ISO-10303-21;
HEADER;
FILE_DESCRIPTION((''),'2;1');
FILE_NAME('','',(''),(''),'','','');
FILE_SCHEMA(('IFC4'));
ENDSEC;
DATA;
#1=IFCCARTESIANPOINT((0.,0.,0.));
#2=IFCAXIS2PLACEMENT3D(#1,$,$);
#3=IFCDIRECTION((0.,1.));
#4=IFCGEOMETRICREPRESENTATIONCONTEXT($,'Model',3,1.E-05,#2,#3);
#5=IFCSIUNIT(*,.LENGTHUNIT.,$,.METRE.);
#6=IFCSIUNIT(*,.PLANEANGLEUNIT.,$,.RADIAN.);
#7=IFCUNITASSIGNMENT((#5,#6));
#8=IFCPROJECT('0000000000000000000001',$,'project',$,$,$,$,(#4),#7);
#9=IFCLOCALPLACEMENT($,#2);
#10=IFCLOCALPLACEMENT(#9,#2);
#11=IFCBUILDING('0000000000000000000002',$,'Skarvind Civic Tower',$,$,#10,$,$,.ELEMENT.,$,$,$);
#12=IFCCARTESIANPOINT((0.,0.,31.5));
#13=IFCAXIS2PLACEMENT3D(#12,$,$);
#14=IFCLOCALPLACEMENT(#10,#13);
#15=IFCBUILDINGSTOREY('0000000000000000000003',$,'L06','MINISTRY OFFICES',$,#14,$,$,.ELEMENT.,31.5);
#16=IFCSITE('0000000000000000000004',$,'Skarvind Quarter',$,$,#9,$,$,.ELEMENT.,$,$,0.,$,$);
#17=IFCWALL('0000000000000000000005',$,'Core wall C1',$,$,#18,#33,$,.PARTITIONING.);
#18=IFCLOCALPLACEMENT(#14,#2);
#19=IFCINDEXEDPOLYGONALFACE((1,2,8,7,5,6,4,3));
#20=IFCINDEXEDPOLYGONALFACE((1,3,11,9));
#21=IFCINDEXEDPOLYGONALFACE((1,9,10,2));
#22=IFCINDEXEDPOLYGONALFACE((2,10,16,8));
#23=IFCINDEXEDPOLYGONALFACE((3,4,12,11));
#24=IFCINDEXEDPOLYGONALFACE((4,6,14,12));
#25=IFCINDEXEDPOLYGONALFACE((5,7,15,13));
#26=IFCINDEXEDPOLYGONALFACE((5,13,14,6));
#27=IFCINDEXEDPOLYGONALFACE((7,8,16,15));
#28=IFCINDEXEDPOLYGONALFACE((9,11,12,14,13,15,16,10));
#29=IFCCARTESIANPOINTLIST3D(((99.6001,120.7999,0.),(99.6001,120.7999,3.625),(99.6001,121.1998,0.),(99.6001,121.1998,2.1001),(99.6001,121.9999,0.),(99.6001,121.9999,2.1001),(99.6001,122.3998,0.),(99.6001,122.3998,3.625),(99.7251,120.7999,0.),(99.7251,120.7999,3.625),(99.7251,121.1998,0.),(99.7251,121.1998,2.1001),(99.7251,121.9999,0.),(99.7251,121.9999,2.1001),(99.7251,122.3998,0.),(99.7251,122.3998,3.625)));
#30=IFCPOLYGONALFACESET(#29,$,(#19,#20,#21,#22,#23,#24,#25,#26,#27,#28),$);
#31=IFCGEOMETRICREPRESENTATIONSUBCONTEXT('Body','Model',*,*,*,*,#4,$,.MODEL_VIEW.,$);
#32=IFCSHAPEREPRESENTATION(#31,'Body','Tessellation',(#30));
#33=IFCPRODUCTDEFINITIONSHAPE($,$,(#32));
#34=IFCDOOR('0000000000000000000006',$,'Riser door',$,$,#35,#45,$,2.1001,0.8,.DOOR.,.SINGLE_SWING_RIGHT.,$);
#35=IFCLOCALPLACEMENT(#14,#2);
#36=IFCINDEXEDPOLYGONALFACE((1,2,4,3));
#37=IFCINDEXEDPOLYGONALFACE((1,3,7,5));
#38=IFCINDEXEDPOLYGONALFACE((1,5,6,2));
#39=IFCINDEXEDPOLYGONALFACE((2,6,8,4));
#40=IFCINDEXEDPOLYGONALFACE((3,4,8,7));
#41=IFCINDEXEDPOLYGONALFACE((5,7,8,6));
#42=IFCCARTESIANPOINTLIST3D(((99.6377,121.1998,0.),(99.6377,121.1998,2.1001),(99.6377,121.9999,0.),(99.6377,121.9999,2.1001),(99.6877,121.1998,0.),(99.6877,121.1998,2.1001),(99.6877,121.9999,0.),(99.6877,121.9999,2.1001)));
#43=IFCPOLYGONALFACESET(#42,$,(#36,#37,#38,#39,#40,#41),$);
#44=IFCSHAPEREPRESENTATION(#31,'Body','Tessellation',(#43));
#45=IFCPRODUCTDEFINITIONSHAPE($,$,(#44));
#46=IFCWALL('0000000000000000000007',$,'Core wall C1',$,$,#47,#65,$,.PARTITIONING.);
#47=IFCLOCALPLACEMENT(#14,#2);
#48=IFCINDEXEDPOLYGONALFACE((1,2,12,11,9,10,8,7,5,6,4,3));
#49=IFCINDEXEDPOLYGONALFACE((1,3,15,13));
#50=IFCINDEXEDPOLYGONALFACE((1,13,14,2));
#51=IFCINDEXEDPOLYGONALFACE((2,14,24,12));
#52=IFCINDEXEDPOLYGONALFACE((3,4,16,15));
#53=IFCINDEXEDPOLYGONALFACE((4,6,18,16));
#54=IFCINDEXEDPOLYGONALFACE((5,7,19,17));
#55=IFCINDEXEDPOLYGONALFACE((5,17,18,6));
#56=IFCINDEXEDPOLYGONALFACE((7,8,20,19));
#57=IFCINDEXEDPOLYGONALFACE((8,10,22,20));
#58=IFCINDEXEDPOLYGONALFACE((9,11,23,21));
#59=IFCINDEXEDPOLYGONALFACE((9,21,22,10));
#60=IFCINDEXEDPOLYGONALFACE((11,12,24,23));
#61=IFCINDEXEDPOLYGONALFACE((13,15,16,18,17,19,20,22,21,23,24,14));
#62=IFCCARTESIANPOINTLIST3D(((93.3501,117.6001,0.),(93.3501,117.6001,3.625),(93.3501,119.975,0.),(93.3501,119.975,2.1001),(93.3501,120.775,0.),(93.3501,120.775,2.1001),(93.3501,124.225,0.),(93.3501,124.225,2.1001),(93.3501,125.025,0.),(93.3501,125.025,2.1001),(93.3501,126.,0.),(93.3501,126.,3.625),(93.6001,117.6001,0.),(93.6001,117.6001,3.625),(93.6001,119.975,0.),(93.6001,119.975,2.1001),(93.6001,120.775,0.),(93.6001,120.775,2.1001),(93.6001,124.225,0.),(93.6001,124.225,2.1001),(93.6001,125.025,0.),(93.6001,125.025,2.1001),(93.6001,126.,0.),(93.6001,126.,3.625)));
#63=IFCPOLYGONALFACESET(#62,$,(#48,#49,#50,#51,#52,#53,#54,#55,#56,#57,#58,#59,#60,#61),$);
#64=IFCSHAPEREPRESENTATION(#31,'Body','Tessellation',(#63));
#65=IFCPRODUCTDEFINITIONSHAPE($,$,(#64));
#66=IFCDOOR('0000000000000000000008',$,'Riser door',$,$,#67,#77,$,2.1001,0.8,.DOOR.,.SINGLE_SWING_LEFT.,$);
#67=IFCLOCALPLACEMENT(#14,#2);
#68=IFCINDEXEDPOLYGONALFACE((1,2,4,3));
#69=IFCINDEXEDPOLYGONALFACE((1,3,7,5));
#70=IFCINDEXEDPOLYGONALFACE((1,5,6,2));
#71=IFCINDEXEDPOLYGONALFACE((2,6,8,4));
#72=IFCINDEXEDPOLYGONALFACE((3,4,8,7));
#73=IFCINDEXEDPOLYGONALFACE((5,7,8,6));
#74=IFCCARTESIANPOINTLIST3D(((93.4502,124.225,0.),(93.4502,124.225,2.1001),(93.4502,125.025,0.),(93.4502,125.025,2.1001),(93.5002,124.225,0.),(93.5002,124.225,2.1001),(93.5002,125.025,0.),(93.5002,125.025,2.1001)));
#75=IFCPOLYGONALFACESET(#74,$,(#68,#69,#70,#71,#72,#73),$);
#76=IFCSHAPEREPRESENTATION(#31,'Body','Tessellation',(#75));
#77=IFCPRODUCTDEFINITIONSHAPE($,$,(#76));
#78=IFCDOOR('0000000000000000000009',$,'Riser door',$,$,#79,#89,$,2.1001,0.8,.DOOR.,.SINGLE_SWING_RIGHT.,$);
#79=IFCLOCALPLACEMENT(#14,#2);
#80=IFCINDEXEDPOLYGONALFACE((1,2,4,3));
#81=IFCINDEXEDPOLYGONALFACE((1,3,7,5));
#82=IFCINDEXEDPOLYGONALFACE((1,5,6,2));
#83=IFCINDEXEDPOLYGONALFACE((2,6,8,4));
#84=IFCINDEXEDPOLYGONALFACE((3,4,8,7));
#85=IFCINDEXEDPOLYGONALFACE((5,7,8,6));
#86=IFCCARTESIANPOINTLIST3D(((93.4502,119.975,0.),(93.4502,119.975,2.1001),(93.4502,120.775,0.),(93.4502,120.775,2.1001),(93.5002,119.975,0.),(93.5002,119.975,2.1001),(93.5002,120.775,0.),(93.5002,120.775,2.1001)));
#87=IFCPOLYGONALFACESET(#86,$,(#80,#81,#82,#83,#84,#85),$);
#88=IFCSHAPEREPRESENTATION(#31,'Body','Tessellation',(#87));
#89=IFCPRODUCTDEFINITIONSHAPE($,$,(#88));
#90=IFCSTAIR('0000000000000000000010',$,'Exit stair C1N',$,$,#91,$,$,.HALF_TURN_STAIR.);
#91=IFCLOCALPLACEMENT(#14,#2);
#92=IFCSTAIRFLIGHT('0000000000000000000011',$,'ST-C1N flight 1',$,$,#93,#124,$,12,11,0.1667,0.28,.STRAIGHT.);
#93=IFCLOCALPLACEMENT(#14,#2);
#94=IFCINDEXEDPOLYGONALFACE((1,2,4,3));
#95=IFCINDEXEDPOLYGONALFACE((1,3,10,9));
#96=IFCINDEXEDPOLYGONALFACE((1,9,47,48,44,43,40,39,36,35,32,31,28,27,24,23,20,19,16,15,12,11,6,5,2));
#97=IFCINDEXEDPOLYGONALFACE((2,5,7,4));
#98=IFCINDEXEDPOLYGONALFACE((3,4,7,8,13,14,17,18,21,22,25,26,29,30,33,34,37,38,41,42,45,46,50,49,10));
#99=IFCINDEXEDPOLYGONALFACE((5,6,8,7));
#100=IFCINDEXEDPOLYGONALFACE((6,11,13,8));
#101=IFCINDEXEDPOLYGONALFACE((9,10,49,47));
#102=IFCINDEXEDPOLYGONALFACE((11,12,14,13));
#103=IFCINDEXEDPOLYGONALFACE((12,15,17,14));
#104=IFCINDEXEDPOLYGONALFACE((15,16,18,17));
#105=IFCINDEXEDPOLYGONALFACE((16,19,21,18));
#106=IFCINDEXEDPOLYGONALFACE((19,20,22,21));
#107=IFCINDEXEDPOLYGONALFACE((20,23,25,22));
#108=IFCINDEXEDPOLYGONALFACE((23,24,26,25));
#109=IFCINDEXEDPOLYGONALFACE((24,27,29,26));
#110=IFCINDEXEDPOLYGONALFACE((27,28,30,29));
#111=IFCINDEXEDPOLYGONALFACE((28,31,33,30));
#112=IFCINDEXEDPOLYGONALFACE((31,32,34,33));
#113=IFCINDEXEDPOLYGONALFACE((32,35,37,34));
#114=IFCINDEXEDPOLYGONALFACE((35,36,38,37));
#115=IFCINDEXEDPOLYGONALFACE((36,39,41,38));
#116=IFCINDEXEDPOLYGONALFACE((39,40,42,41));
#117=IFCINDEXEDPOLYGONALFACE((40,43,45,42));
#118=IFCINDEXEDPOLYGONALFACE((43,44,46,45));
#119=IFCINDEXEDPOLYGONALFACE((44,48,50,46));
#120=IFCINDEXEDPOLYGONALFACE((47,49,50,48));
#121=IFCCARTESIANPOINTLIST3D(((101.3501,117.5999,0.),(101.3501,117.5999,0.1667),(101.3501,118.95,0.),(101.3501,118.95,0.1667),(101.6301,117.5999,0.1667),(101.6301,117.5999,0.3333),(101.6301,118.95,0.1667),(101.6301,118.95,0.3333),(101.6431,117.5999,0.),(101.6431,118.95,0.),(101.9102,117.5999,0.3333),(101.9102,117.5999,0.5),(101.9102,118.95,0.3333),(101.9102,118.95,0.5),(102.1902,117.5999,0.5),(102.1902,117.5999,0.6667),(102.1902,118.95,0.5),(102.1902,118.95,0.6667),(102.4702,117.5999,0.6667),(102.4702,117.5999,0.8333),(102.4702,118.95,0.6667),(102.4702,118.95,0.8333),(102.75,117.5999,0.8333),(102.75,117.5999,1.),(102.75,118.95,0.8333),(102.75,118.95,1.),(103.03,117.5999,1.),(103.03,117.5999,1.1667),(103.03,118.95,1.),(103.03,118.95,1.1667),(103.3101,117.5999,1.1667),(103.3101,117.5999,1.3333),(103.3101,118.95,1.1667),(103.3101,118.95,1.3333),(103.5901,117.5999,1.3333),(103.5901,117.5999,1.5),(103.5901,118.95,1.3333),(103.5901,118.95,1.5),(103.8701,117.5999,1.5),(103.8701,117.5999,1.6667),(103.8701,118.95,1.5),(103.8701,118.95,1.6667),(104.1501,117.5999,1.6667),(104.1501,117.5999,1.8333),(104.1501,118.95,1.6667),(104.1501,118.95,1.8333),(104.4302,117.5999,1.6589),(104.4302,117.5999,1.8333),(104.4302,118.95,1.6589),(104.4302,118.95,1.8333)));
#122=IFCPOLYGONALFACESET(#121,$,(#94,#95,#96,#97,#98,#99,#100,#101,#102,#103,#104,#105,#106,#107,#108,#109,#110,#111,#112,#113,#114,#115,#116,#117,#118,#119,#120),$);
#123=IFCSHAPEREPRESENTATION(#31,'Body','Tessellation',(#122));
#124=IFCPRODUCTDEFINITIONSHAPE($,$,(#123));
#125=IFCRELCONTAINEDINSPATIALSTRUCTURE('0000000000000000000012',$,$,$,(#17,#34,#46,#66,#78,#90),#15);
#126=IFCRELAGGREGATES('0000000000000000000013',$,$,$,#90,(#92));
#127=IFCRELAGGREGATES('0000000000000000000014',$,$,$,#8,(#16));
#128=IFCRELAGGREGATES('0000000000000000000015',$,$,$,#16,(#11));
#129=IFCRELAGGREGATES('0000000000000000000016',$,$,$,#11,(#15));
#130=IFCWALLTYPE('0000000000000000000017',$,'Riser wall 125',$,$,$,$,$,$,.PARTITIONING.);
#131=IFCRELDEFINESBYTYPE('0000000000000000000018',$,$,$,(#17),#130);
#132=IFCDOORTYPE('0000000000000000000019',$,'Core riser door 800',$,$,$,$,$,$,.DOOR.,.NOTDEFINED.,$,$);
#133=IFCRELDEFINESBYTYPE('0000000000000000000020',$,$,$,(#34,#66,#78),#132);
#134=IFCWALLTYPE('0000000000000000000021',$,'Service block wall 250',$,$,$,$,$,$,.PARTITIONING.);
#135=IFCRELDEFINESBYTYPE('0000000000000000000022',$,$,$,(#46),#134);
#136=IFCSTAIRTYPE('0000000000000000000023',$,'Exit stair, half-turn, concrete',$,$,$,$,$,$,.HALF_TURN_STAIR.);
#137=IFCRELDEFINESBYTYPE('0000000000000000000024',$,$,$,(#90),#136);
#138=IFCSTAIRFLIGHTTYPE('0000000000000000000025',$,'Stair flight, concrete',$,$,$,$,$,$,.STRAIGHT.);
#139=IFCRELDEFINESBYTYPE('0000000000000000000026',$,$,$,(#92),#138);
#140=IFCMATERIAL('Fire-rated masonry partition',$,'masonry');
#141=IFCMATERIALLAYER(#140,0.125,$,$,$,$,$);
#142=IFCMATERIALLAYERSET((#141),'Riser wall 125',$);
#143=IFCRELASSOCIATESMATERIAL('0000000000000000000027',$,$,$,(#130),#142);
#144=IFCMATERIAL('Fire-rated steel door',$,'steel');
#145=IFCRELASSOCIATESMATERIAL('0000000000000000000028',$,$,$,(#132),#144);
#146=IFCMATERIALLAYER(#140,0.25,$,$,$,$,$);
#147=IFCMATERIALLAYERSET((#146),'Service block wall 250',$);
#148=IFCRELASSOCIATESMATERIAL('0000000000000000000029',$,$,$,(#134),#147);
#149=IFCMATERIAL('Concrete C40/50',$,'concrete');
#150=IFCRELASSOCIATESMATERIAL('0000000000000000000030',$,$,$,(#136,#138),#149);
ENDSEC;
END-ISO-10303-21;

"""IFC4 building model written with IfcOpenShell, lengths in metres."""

from ifc_helpers import new_model, si_unit, direction, frame, frame_2d, origin, place, context, subcontext, project, spatial, polyline, rectangle, outline, extrude, material, layer, layer_set, type_object, element, fill, aggregate, save


model = new_model("IFC4")

# Units and contexts
model_context = context("Model", 3, precision=1e-05, world=origin(), true_north=direction((0.0, 1.0)))
body_context = subcontext(model_context, "Body", "Model", "MODEL_VIEW")
ifc_project = project(units=[si_unit("LENGTHUNIT", "METRE"), si_unit("PLANEANGLEUNIT", "RADIAN")], contexts=[model_context])

# Site, building, storey
site_placement = place(None, origin())
site = spatial("IfcSite", under=ifc_project, at=site_placement, Name="Skarvind Quarter", CompositionType="ELEMENT", RefElevation=0.0)
building_placement = place(site_placement, origin())
building = spatial("IfcBuilding", under=site, at=building_placement, Name="Skarvind Civic Tower", CompositionType="ELEMENT")
storey_placement = place(building_placement, frame((0.0, 0.0, 31.5)))
storey = spatial("IfcBuildingStorey", under=building, at=storey_placement, Name="L06", Description="MINISTRY OFFICES", CompositionType="ELEMENT", Elevation=31.5)

# Shared definitions
ifc_material_1 = material(Name="Fire-rated masonry partition", Category="masonry")
ifc_material_2 = material(Name="Fire-rated steel door", Category="steel")

# Wall, opening, door
ifc_layer_1 = layer(ifc_material_1, 0.125)
ifc_layer_set_1 = layer_set([ifc_layer_1], Name="Riser wall 125")
wall_type_1 = type_object("IfcWallType", Name="Riser wall 125", PredefinedType="PARTITIONING", material=ifc_layer_set_1)
wall_1_placement = place(storey_placement, frame((99.6626, 120.8, 0.0), z_axis=(0.0, 0.0, 1.0), x_axis=(0.0, 1.0, 0.0)))
wall_1 = element("IfcWall", 1, at=wall_1_placement, inside=storey, type_object=wall_type_1, Name="Core wall C1", PredefinedType="PARTITIONING", context=body_context, shape_type="SweptSolid", body=[
    extrude(rectangle(XDim=1.5999, YDim=0.125, at=frame_2d((0.7998, 0.0))), origin(), (0.0, 0.0, 1.0), 3.625),
])
opening_1_placement = place(wall_1_placement, frame((0.3999, 0.0, 0.0)))
opening_1 = element("IfcOpeningElement", 2, at=opening_1_placement, cuts=wall_1, PredefinedType="OPENING", context=body_context, shape_type="SweptSolid", body=[
    extrude(rectangle(XDim=0.8, YDim=2.1001, at=frame_2d((0.3999, 1.05))), frame((0.0, 0.0725, 0.0), z_axis=(0.0, -1.0, 0.0), x_axis=(1.0, 0.0, 0.0)), (0.0, 0.0, 1.0), 0.145),
])
door_type_1 = type_object("IfcDoorType", Name="Core riser door 800", OperationType="NOTDEFINED", PredefinedType="DOOR", material=ifc_material_2)
door_1_placement = place(opening_1_placement, origin())
door_1 = element("IfcDoor", 3, at=door_1_placement, inside=storey, type_object=door_type_1, Name="Riser door", OperationType="SINGLE_SWING_RIGHT", OverallHeight=2.1001, OverallWidth=0.8, PredefinedType="DOOR", context=body_context, shape_type="SweptSolid", body=[
    extrude(rectangle(XDim=0.8, YDim=2.1001, at=frame_2d((0.3999, 1.05))), frame((0.0, 0.0249, 0.0), z_axis=(0.0, -1.0, 0.0), x_axis=(1.0, 0.0, 0.0)), (0.0, 0.0, 1.0), 0.05),
])
fill(opening_1, door_1)

# Wall, openings, doors
ifc_layer_2 = layer(ifc_material_1, 0.25)
ifc_layer_set_2 = layer_set([ifc_layer_2], Name="Service block wall 250")
wall_type_2 = type_object("IfcWallType", Name="Service block wall 250", PredefinedType="PARTITIONING", material=ifc_layer_set_2)
wall_2_placement = place(storey_placement, frame((93.4751, 117.6001, 0.0), z_axis=(0.0, 0.0, 1.0), x_axis=(0.0, 1.0, 0.0)))
wall_2 = element("IfcWall", 4, at=wall_2_placement, inside=storey, type_object=wall_type_2, Name="Core wall C1", PredefinedType="PARTITIONING", context=body_context, shape_type="SweptSolid", body=[
    extrude(rectangle(XDim=8.3999, YDim=0.25, at=frame_2d((4.2, 0.0))), origin(), (0.0, 0.0, 1.0), 3.625),
])
opening_2_placement = place(wall_2_placement, frame((6.625, 0.0, 0.0)))
opening_2 = element("IfcOpeningElement", 5, at=opening_2_placement, cuts=wall_2, PredefinedType="OPENING", context=body_context, shape_type="SweptSolid", body=[
    extrude(rectangle(XDim=0.8, YDim=2.1001, at=frame_2d((0.3999, 1.05))), frame((0.0, 0.135, 0.0), z_axis=(0.0, -1.0, 0.0), x_axis=(1.0, 0.0, 0.0)), (0.0, 0.0, 1.0), 0.27),
])
opening_3_placement = place(wall_2_placement, frame((2.375, 0.0, 0.0)))
opening_3 = element("IfcOpeningElement", 6, at=opening_3_placement, cuts=wall_2, PredefinedType="OPENING", context=body_context, shape_type="SweptSolid", body=[
    extrude(rectangle(XDim=0.8, YDim=2.1001, at=frame_2d((0.3999, 1.05))), frame((0.0, 0.135, 0.0), z_axis=(0.0, -1.0, 0.0), x_axis=(1.0, 0.0, 0.0)), (0.0, 0.0, 1.0), 0.27),
])
door_2_placement = place(opening_2_placement, origin())
door_2 = element("IfcDoor", 7, at=door_2_placement, inside=storey, type_object=door_type_1, Name="Riser door", OperationType="SINGLE_SWING_LEFT", OverallHeight=2.1001, OverallWidth=0.8, PredefinedType="DOOR", context=body_context, shape_type="SweptSolid", body=[
    extrude(rectangle(XDim=0.8, YDim=2.1001, at=frame_2d((0.3999, 1.05))), frame((0.0, 0.0249, 0.0), z_axis=(0.0, -1.0, 0.0), x_axis=(1.0, 0.0, 0.0)), (0.0, 0.0, 1.0), 0.05),
])
fill(opening_2, door_2)
door_3_placement = place(opening_3_placement, origin())
door_3 = element("IfcDoor", 8, at=door_3_placement, inside=storey, type_object=door_type_1, Name="Riser door", OperationType="SINGLE_SWING_RIGHT", OverallHeight=2.1001, OverallWidth=0.8, PredefinedType="DOOR", context=body_context, shape_type="SweptSolid", body=[
    extrude(rectangle(XDim=0.8, YDim=2.1001, at=frame_2d((0.3999, 1.05))), frame((0.0, 0.0249, 0.0), z_axis=(0.0, -1.0, 0.0), x_axis=(1.0, 0.0, 0.0)), (0.0, 0.0, 1.0), 0.05),
])
fill(opening_3, door_3)

# Stair, stair flight
ifc_material_3 = material(Name="Concrete C40/50", Category="concrete")
stair_type = type_object("IfcStairType", Name="Exit stair, half-turn, concrete", PredefinedType="HALF_TURN_STAIR", material=ifc_material_3)
stair_placement = place(storey_placement, origin())
stair = element("IfcStair", 9, at=stair_placement, inside=storey, type_object=stair_type, Name="Exit stair C1N", PredefinedType="HALF_TURN_STAIR")
stair_flight_type = type_object("IfcStairFlightType", Name="Stair flight, concrete", PredefinedType="STRAIGHT", material=ifc_material_3)
stair_flight_placement = place(storey_placement, frame((101.3501, 118.2749, 0.0), z_axis=(0.0, 0.0, 1.0), x_axis=(1.0, 0.0, 0.0)))
stair_flight = element("IfcStairFlight", 10, at=stair_flight_placement, type_object=stair_flight_type, Name="ST-C1N flight 1", NumberOfRisers=12, NumberOfTreads=11, PredefinedType="STRAIGHT", RiserHeight=0.1667, TreadLength=0.28, context=body_context, shape_type="SweptSolid", body=[
    extrude(outline(polyline([(0.0, 0.0), (0.0, 0.1667), (0.28, 0.1667), (0.28, 0.3333), (0.5601, 0.3333), (0.5601, 0.5), (0.8401, 0.5), (0.8401, 0.6667), (1.1201, 0.6667), (1.1201, 0.8333), (1.3999, 0.8333), (1.3999, 1.0), (1.6799, 1.0), (1.6799, 1.1667), (1.96, 1.1667), (1.96, 1.3333), (2.24, 1.3333), (2.24, 1.5), (2.52, 1.5), (2.52, 1.6667), (2.8, 1.6667), (2.8, 1.8333), (3.0801, 1.8333), (3.0801, 2.0), (3.0801, 1.6589), (0.293, 0.0), (0.0, 0.0)])), frame((0.0, 0.675, 0.0), z_axis=(0.0, -1.0, 0.0), x_axis=(1.0, 0.0, 0.0)), (0.0, 0.0, 1.0), 1.3501),
])
aggregate(stair, [stair_flight])

save(model, "model.ifc")
